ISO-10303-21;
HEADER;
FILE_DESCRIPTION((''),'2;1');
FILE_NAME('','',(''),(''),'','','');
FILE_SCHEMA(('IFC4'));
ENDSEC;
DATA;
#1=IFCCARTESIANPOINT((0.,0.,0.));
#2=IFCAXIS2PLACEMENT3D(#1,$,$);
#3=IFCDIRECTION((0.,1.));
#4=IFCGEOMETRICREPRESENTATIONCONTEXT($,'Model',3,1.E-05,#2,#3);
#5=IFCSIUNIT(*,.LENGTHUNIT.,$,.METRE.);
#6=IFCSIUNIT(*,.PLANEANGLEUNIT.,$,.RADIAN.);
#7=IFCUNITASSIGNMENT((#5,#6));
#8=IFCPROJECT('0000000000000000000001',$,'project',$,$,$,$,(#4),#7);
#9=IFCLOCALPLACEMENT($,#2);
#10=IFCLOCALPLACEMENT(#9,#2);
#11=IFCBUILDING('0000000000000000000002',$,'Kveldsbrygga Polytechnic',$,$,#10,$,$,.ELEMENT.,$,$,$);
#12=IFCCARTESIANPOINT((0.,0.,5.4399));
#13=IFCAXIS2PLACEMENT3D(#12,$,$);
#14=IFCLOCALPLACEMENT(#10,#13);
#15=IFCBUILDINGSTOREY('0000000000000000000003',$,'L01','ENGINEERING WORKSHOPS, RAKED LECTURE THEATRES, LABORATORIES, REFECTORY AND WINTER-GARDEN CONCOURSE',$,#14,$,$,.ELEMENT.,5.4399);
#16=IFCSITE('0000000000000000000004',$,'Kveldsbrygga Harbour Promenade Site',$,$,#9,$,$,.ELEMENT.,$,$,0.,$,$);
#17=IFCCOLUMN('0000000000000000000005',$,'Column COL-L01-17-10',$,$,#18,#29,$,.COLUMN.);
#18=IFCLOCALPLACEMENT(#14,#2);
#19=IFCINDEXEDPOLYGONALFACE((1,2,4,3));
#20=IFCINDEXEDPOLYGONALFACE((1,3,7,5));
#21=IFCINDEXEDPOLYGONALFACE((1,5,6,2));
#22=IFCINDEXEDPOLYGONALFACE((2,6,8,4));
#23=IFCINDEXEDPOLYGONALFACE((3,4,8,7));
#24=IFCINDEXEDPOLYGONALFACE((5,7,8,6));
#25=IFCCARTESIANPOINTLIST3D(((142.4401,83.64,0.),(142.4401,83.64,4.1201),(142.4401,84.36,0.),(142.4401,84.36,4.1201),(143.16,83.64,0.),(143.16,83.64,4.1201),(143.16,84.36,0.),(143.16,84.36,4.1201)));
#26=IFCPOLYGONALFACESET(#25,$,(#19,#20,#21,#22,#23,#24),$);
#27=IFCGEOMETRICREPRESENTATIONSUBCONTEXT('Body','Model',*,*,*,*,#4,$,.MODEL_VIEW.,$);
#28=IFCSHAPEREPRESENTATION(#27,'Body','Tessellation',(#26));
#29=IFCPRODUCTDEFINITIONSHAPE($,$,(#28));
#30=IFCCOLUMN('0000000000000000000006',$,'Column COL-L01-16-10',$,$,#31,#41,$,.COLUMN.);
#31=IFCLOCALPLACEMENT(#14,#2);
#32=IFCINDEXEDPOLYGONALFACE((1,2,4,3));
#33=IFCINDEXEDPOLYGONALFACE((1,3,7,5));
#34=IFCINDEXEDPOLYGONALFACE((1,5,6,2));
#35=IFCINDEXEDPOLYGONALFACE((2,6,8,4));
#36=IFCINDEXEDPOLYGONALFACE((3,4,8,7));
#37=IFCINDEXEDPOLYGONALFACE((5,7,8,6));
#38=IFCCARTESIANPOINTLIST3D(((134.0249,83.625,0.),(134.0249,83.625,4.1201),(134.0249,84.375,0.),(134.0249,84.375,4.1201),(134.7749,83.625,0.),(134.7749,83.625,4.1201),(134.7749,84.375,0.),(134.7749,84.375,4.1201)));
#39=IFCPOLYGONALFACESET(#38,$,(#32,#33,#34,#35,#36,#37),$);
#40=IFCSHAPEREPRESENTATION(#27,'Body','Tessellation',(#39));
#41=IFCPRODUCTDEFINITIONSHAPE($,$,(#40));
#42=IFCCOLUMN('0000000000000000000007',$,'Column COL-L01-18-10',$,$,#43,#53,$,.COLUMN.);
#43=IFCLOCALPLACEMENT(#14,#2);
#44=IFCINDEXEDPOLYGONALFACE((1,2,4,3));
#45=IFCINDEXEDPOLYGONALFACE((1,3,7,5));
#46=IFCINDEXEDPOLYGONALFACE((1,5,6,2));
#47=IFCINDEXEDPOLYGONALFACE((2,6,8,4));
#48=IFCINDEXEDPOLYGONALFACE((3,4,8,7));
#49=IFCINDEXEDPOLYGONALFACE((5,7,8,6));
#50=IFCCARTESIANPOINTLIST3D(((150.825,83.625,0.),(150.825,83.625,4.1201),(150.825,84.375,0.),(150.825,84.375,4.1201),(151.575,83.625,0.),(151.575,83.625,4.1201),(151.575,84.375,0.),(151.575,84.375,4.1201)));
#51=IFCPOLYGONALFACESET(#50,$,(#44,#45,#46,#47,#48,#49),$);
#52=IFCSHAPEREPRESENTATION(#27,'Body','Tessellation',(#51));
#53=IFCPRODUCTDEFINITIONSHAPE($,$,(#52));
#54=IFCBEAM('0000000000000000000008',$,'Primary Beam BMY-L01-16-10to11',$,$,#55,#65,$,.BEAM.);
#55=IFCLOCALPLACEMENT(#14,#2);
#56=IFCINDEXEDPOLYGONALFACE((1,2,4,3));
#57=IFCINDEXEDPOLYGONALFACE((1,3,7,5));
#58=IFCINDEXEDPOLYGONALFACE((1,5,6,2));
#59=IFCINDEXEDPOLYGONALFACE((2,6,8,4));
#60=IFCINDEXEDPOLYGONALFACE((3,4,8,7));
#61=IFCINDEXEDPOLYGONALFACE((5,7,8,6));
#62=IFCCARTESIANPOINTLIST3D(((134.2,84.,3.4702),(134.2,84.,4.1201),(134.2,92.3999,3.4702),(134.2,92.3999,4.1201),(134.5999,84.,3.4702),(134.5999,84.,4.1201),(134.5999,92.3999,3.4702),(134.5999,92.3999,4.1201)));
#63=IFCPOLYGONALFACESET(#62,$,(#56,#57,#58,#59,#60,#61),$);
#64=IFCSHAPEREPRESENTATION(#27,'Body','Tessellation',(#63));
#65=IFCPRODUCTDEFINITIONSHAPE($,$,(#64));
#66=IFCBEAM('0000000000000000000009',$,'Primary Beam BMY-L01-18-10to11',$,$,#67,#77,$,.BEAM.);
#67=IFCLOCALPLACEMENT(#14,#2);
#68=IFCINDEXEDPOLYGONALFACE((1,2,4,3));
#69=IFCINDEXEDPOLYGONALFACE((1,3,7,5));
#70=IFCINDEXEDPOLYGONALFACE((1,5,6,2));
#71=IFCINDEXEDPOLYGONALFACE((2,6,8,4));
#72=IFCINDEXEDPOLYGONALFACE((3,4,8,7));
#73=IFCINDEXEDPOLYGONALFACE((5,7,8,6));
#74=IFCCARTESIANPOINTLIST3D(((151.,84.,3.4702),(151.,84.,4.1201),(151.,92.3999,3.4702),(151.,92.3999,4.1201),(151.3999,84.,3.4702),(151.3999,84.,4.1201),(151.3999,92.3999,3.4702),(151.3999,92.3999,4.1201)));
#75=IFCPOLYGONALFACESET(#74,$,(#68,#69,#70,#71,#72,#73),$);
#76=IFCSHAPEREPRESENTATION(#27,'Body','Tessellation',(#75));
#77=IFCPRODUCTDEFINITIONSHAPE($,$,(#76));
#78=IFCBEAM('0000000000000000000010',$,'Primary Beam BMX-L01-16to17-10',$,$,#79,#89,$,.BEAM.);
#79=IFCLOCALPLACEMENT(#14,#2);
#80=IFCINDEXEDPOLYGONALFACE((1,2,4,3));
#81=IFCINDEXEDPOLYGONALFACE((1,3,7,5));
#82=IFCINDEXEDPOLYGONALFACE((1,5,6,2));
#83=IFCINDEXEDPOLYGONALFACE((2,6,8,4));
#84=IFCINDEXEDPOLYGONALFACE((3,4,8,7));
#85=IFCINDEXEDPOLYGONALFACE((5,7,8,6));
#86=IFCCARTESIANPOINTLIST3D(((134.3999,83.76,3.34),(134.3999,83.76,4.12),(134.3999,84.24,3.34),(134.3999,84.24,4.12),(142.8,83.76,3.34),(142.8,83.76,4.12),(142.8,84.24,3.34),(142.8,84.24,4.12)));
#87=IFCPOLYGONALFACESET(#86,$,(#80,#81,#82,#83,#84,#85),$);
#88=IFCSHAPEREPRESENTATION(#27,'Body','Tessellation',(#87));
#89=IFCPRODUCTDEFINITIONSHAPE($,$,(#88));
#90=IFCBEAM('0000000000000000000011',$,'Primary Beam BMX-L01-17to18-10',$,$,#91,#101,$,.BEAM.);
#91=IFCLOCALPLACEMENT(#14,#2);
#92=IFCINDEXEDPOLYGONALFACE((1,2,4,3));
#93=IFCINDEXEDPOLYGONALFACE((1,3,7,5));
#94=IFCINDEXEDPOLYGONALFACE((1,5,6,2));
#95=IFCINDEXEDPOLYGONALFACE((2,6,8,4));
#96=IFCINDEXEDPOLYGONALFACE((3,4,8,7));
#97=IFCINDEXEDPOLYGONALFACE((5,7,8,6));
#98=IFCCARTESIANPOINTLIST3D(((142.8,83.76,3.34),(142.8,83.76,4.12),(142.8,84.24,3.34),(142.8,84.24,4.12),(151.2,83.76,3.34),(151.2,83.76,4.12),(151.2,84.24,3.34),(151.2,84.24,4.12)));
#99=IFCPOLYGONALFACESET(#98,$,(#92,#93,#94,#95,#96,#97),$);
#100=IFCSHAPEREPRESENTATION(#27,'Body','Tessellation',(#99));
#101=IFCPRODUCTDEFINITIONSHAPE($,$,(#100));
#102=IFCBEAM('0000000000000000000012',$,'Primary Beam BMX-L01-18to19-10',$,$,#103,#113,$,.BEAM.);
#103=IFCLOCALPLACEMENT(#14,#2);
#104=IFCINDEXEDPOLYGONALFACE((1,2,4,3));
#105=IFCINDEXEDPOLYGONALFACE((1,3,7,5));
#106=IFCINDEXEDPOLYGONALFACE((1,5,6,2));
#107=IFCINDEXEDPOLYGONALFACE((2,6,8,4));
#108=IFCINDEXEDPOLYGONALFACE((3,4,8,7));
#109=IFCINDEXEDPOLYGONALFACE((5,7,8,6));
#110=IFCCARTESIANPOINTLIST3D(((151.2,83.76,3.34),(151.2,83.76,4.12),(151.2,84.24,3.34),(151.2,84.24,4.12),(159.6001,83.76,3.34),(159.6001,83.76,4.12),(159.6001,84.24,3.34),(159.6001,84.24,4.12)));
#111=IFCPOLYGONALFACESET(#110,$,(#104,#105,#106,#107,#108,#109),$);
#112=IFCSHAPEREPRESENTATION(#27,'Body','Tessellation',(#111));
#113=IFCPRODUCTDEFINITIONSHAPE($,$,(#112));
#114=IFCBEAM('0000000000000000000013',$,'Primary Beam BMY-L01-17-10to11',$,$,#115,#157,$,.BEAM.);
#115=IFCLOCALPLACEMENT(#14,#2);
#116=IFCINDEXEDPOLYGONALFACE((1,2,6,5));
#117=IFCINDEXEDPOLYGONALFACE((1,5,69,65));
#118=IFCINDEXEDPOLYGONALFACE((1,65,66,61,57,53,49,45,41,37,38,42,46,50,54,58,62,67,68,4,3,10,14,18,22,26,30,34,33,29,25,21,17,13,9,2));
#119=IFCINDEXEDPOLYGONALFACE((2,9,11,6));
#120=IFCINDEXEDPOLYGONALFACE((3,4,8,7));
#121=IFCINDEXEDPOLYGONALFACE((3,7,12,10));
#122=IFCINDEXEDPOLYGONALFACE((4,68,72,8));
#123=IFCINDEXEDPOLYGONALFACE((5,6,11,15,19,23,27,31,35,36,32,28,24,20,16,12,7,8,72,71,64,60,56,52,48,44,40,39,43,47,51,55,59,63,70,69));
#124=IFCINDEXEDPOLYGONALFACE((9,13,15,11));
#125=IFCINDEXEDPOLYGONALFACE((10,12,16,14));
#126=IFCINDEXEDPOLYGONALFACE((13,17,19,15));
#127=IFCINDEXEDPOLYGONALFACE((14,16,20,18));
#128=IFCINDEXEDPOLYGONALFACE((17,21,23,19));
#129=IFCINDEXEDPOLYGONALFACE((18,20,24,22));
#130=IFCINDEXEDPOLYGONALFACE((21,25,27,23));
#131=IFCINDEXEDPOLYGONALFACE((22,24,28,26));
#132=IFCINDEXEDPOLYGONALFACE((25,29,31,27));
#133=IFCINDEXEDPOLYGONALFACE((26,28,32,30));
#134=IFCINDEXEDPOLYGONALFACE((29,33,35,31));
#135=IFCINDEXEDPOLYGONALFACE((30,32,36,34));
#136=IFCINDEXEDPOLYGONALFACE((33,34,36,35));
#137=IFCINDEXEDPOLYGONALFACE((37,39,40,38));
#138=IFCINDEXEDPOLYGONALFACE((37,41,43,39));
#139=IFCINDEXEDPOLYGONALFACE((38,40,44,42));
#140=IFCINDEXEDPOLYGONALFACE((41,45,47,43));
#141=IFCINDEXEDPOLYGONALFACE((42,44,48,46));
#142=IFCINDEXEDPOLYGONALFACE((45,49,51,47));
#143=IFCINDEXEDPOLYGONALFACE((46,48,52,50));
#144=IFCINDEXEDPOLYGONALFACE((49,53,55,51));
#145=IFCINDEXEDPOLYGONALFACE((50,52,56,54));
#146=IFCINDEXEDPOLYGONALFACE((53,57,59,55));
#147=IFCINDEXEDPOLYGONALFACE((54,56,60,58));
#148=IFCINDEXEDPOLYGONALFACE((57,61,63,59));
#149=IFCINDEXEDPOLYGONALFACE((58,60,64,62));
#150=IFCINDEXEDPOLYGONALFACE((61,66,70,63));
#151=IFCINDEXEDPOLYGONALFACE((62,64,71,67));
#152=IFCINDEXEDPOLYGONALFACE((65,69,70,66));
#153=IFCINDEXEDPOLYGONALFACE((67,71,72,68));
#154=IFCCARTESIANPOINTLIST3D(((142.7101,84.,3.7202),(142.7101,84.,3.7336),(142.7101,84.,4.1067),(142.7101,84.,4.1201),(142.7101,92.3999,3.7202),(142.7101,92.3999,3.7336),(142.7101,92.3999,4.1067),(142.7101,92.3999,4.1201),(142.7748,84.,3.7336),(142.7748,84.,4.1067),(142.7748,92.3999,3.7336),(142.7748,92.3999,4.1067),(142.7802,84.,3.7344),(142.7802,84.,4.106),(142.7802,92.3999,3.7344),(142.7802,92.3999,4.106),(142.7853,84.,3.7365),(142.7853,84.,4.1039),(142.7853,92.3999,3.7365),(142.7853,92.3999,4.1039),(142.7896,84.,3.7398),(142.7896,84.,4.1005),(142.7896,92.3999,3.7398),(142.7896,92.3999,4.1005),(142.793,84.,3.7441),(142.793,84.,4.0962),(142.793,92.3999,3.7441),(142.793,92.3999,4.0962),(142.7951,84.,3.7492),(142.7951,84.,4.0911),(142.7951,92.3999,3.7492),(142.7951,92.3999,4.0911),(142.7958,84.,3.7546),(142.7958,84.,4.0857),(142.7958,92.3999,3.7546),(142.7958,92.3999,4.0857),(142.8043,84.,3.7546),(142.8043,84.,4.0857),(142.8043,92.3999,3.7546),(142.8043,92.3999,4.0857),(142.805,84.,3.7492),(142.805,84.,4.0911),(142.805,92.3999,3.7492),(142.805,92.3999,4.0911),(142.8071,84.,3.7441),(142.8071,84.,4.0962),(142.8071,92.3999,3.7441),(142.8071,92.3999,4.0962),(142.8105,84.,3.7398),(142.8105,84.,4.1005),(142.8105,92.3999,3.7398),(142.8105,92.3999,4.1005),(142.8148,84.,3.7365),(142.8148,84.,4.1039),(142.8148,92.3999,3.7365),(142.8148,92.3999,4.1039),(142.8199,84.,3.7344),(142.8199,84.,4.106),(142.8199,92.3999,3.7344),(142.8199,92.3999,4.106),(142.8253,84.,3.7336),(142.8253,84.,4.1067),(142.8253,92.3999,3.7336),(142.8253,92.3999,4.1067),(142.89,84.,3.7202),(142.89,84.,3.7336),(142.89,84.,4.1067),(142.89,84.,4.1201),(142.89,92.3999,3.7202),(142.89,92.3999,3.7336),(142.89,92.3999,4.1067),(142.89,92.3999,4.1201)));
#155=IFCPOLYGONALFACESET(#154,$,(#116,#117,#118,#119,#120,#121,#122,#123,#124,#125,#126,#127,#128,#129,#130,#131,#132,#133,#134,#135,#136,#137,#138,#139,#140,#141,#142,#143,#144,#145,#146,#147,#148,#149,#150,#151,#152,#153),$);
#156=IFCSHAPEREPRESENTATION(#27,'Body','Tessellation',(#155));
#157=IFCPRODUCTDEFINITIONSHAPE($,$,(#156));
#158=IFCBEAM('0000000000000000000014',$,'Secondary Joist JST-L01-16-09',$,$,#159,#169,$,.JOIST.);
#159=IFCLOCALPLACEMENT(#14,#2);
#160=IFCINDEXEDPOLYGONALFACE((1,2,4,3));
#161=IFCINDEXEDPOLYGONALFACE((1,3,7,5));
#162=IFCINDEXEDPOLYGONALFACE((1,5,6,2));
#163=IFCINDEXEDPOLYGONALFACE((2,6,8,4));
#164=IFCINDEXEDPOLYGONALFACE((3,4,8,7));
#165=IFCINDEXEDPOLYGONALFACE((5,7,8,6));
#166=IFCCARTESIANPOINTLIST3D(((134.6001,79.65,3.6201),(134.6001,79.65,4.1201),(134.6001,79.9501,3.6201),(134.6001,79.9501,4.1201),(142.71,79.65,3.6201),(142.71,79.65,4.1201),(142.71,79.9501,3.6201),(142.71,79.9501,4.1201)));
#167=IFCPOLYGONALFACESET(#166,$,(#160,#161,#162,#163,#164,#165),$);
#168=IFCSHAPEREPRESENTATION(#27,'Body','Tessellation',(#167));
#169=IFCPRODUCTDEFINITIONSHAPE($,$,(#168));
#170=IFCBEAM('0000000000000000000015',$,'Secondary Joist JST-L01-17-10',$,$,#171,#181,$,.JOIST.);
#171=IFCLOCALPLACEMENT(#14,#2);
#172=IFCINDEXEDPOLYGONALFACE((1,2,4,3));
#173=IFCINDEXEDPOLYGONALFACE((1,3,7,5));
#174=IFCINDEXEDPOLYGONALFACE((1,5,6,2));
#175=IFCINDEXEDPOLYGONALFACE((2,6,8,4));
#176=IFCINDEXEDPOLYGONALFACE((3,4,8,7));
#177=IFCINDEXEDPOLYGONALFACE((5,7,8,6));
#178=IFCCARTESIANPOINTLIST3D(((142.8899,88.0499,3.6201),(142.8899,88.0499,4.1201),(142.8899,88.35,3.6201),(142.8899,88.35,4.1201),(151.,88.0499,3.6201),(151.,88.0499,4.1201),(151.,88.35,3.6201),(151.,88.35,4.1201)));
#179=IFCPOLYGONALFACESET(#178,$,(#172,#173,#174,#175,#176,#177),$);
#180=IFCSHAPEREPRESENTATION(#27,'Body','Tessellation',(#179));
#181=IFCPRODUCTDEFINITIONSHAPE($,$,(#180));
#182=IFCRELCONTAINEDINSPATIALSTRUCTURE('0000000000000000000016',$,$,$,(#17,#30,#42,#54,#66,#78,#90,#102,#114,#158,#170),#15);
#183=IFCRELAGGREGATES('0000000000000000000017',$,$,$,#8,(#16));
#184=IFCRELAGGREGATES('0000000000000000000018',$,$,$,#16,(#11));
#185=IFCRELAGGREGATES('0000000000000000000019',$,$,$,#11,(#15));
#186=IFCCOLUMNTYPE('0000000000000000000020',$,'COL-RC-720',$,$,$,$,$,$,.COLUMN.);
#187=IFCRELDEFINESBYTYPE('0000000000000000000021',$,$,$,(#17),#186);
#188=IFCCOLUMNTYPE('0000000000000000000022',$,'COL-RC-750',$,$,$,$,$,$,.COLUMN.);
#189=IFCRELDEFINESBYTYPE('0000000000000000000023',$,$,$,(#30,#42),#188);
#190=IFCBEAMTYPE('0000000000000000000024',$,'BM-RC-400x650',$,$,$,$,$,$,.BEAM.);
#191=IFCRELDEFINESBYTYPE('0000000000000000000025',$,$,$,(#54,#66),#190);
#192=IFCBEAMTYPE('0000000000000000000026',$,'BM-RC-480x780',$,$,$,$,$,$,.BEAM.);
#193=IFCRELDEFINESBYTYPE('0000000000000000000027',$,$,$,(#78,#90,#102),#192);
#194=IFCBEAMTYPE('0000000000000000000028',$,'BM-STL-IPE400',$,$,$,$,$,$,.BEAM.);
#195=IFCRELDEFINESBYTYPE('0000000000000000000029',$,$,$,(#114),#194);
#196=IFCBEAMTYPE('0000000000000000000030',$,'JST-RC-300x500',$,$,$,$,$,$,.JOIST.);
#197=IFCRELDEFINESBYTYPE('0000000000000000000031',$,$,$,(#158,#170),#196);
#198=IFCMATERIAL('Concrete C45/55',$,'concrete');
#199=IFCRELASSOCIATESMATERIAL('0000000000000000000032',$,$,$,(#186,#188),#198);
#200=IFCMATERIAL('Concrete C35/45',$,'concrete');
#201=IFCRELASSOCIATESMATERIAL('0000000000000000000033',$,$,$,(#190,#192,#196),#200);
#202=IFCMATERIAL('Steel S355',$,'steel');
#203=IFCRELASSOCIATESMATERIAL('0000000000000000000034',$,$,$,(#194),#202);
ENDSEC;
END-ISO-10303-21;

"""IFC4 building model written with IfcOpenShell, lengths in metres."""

from ifc_helpers import new_model, si_unit, direction, frame, origin, origin_2d, place, context, subcontext, project, spatial, rectangle, i_section, extrude, material, material_profile, profile_set, type_object, element, save


model = new_model("IFC4")

# Units and contexts
model_context = context("Model", 3, precision=1e-05, world=origin(), true_north=direction((0.0, 1.0)))
body_context = subcontext(model_context, "Body", "Model", "MODEL_VIEW")
ifc_project = project(units=[si_unit("LENGTHUNIT", "METRE"), si_unit("PLANEANGLEUNIT", "RADIAN")], contexts=[model_context])

# Site, building, storey
site_placement = place(None, origin())
site = spatial("IfcSite", under=ifc_project, at=site_placement, Name="Kveldsbrygga Harbour Promenade Site", CompositionType="ELEMENT", RefElevation=0.0)
building_placement = place(site_placement, origin())
building = spatial("IfcBuilding", under=site, at=building_placement, Name="Kveldsbrygga Polytechnic", CompositionType="ELEMENT")
storey_placement = place(building_placement, frame((0.0, 0.0, 5.4399)))
storey = spatial("IfcBuildingStorey", under=building, at=storey_placement, Name="L01", Description="ENGINEERING WORKSHOPS, RAKED LECTURE THEATRES, LABORATORIES, REFECTORY AND WINTER-GARDEN CONCOURSE", CompositionType="ELEMENT", Elevation=5.4399)

# Columns
ifc_material_1 = material(Name="Concrete C45/55", Category="concrete")
ifc_material_profile_1 = material_profile(ifc_material_1, rectangle(XDim=0.72, YDim=0.72, at=origin_2d()), Name="RC 720x720")
ifc_profile_set_1 = profile_set([ifc_material_profile_1], Name="Concrete C45/55")
column_type_1 = type_object("IfcColumnType", Name="COL-RC-720", PredefinedType="COLUMN", material=ifc_profile_set_1)
column_placement = place(storey_placement, frame((142.8, 84.0, 0.0), z_axis=(0.0, 0.0, 1.0), x_axis=(1.0, 0.0, 0.0)))
element("IfcColumn", 1, at=column_placement, inside=storey, type_object=column_type_1, Name="Column COL-L01-17-10", PredefinedType="COLUMN", context=body_context, shape_type="SweptSolid", body=[
    extrude(rectangle(XDim=0.72, YDim=0.72, at=origin_2d()), origin(), (0.0, 0.0, 1.0), 4.1201),
])
ifc_material_profile_2 = material_profile(ifc_material_1, rectangle(XDim=0.75, YDim=0.75, at=origin_2d()), Name="RC 750x750")
ifc_profile_set_2 = profile_set([ifc_material_profile_2], Name="Concrete C45/55")
column_type_2 = type_object("IfcColumnType", Name="COL-RC-750", PredefinedType="COLUMN", material=ifc_profile_set_2)
for number, where, z_axis, x_axis, name in (
    (2, (134.3999, 84.0, 0.0), (0.0, 0.0, 1.0), (1.0, 0.0, 0.0), "Column COL-L01-16-10"),
    (3, (151.2, 84.0, 0.0), (0.0, 0.0, 1.0), (1.0, 0.0, 0.0), "Column COL-L01-18-10"),
):
    element("IfcColumn", number, at=place(storey_placement, frame(where, z_axis=z_axis, x_axis=x_axis)), inside=storey, type_object=column_type_2, Name=name, PredefinedType="COLUMN", context=body_context, shape_type="SweptSolid", body=[
        extrude(rectangle(XDim=0.75, YDim=0.75, at=origin_2d()), origin(), (0.0, 0.0, 1.0), 4.1201),
    ])

# Beams
ifc_material_2 = material(Name="Concrete C35/45", Category="concrete")
ifc_material_profile_3 = material_profile(ifc_material_2, rectangle(XDim=0.3999, YDim=0.6499, at=origin_2d()), Name="RC 400x650")
ifc_profile_set_3 = profile_set([ifc_material_profile_3], Name="Concrete C35/45")
beam_type_1 = type_object("IfcBeamType", Name="BM-RC-400x650", PredefinedType="BEAM", material=ifc_profile_set_3)
for number, where, z_axis, x_axis, name in (
    (4, (134.3999, 84.0, 3.7952), (0.0, 1.0, 0.0), (-1.0, 0.0, 0.0), "Primary Beam BMY-L01-16-10to11"),
    (5, (151.2, 84.0, 3.7952), (0.0, 1.0, 0.0), (-1.0, 0.0, 0.0), "Primary Beam BMY-L01-18-10to11"),
):
    element("IfcBeam", number, at=place(storey_placement, frame(where, z_axis=z_axis, x_axis=x_axis)), inside=storey, type_object=beam_type_1, Name=name, PredefinedType="BEAM", context=body_context, shape_type="SweptSolid", body=[
        extrude(rectangle(XDim=0.3999, YDim=0.6499, at=origin_2d()), origin(), (0.0, 0.0, 1.0), 8.3999),
    ])
ifc_material_profile_4 = material_profile(ifc_material_2, rectangle(XDim=0.48, YDim=0.78, at=origin_2d()), Name="RC 480x780")
ifc_profile_set_4 = profile_set([ifc_material_profile_4], Name="Concrete C35/45")
beam_type_2 = type_object("IfcBeamType", Name="BM-RC-480x780", PredefinedType="BEAM", material=ifc_profile_set_4)
beam_1_placement = place(storey_placement, frame((134.3999, 84.0, 3.73), z_axis=(1.0, 0.0, 0.0), x_axis=(0.0, 1.0, 0.0)))
element("IfcBeam", 6, at=beam_1_placement, inside=storey, type_object=beam_type_2, Name="Primary Beam BMX-L01-16to17-10", PredefinedType="BEAM", context=body_context, shape_type="SweptSolid", body=[
    extrude(rectangle(XDim=0.48, YDim=0.78, at=origin_2d()), origin(), (0.0, 0.0, 1.0), 8.4001),
])
beam_2_placement = place(storey_placement, frame((142.8, 84.0, 3.73), z_axis=(1.0, 0.0, 0.0), x_axis=(0.0, 1.0, 0.0)))
element("IfcBeam", 7, at=beam_2_placement, inside=storey, type_object=beam_type_2, Name="Primary Beam BMX-L01-17to18-10", PredefinedType="BEAM", context=body_context, shape_type="SweptSolid", body=[
    extrude(rectangle(XDim=0.48, YDim=0.78, at=origin_2d()), origin(), (0.0, 0.0, 1.0), 8.3999),
])
beam_3_placement = place(storey_placement, frame((151.2, 84.0, 3.73), z_axis=(1.0, 0.0, 0.0), x_axis=(0.0, 1.0, 0.0)))
element("IfcBeam", 8, at=beam_3_placement, inside=storey, type_object=beam_type_2, Name="Primary Beam BMX-L01-18to19-10", PredefinedType="BEAM", context=body_context, shape_type="SweptSolid", body=[
    extrude(rectangle(XDim=0.48, YDim=0.78, at=origin_2d()), origin(), (0.0, 0.0, 1.0), 8.4001),
])
ifc_material_3 = material(Name="Steel S355", Category="steel")
ifc_material_profile_5 = material_profile(ifc_material_3, i_section(OverallWidth=0.1799, OverallDepth=0.3999, WebThickness=0.0085, FlangeThickness=0.0134, FilletRadius=0.021, at=origin_2d()), Name="IPE 400")
ifc_profile_set_5 = profile_set([ifc_material_profile_5], Name="Steel S355")
beam_type_3 = type_object("IfcBeamType", Name="BM-STL-IPE400", PredefinedType="BEAM", material=ifc_profile_set_5)
beam_4_placement = place(storey_placement, frame((142.8, 84.0, 3.9202), z_axis=(0.0, 1.0, 0.0), x_axis=(-1.0, 0.0, 0.0)))
element("IfcBeam", 9, at=beam_4_placement, inside=storey, type_object=beam_type_3, Name="Primary Beam BMY-L01-17-10to11", PredefinedType="BEAM", context=body_context, shape_type="SweptSolid", body=[
    extrude(i_section(OverallWidth=0.1799, OverallDepth=0.3999, WebThickness=0.0085, FlangeThickness=0.0134, FilletRadius=0.021, at=origin_2d()), origin(), (0.0, 0.0, 1.0), 8.3999),
])
ifc_material_profile_6 = material_profile(ifc_material_2, rectangle(XDim=0.3, YDim=0.5, at=origin_2d()), Name="RC 300x500")
ifc_profile_set_6 = profile_set([ifc_material_profile_6], Name="Concrete C35/45")
beam_type_4 = type_object("IfcBeamType", Name="JST-RC-300x500", PredefinedType="JOIST", material=ifc_profile_set_6)
beam_5_placement = place(storey_placement, frame((134.6001, 79.8, 3.8701), z_axis=(1.0, 0.0, 0.0), x_axis=(0.0, 1.0, 0.0)))
element("IfcBeam", 10, at=beam_5_placement, inside=storey, type_object=beam_type_4, Name="Secondary Joist JST-L01-16-09", PredefinedType="JOIST", context=body_context, shape_type="SweptSolid", body=[
    extrude(rectangle(XDim=0.3, YDim=0.5, at=origin_2d()), origin(), (0.0, 0.0, 1.0), 8.1099),
])
beam_6_placement = place(storey_placement, frame((142.8899, 88.2, 3.8701), z_axis=(1.0, 0.0, 0.0), x_axis=(0.0, 1.0, 0.0)))
element("IfcBeam", 11, at=beam_6_placement, inside=storey, type_object=beam_type_4, Name="Secondary Joist JST-L01-17-10", PredefinedType="JOIST", context=body_context, shape_type="SweptSolid", body=[
    extrude(rectangle(XDim=0.3, YDim=0.5, at=origin_2d()), origin(), (0.0, 0.0, 1.0), 8.1101),
])

save(model, "model.ifc")
